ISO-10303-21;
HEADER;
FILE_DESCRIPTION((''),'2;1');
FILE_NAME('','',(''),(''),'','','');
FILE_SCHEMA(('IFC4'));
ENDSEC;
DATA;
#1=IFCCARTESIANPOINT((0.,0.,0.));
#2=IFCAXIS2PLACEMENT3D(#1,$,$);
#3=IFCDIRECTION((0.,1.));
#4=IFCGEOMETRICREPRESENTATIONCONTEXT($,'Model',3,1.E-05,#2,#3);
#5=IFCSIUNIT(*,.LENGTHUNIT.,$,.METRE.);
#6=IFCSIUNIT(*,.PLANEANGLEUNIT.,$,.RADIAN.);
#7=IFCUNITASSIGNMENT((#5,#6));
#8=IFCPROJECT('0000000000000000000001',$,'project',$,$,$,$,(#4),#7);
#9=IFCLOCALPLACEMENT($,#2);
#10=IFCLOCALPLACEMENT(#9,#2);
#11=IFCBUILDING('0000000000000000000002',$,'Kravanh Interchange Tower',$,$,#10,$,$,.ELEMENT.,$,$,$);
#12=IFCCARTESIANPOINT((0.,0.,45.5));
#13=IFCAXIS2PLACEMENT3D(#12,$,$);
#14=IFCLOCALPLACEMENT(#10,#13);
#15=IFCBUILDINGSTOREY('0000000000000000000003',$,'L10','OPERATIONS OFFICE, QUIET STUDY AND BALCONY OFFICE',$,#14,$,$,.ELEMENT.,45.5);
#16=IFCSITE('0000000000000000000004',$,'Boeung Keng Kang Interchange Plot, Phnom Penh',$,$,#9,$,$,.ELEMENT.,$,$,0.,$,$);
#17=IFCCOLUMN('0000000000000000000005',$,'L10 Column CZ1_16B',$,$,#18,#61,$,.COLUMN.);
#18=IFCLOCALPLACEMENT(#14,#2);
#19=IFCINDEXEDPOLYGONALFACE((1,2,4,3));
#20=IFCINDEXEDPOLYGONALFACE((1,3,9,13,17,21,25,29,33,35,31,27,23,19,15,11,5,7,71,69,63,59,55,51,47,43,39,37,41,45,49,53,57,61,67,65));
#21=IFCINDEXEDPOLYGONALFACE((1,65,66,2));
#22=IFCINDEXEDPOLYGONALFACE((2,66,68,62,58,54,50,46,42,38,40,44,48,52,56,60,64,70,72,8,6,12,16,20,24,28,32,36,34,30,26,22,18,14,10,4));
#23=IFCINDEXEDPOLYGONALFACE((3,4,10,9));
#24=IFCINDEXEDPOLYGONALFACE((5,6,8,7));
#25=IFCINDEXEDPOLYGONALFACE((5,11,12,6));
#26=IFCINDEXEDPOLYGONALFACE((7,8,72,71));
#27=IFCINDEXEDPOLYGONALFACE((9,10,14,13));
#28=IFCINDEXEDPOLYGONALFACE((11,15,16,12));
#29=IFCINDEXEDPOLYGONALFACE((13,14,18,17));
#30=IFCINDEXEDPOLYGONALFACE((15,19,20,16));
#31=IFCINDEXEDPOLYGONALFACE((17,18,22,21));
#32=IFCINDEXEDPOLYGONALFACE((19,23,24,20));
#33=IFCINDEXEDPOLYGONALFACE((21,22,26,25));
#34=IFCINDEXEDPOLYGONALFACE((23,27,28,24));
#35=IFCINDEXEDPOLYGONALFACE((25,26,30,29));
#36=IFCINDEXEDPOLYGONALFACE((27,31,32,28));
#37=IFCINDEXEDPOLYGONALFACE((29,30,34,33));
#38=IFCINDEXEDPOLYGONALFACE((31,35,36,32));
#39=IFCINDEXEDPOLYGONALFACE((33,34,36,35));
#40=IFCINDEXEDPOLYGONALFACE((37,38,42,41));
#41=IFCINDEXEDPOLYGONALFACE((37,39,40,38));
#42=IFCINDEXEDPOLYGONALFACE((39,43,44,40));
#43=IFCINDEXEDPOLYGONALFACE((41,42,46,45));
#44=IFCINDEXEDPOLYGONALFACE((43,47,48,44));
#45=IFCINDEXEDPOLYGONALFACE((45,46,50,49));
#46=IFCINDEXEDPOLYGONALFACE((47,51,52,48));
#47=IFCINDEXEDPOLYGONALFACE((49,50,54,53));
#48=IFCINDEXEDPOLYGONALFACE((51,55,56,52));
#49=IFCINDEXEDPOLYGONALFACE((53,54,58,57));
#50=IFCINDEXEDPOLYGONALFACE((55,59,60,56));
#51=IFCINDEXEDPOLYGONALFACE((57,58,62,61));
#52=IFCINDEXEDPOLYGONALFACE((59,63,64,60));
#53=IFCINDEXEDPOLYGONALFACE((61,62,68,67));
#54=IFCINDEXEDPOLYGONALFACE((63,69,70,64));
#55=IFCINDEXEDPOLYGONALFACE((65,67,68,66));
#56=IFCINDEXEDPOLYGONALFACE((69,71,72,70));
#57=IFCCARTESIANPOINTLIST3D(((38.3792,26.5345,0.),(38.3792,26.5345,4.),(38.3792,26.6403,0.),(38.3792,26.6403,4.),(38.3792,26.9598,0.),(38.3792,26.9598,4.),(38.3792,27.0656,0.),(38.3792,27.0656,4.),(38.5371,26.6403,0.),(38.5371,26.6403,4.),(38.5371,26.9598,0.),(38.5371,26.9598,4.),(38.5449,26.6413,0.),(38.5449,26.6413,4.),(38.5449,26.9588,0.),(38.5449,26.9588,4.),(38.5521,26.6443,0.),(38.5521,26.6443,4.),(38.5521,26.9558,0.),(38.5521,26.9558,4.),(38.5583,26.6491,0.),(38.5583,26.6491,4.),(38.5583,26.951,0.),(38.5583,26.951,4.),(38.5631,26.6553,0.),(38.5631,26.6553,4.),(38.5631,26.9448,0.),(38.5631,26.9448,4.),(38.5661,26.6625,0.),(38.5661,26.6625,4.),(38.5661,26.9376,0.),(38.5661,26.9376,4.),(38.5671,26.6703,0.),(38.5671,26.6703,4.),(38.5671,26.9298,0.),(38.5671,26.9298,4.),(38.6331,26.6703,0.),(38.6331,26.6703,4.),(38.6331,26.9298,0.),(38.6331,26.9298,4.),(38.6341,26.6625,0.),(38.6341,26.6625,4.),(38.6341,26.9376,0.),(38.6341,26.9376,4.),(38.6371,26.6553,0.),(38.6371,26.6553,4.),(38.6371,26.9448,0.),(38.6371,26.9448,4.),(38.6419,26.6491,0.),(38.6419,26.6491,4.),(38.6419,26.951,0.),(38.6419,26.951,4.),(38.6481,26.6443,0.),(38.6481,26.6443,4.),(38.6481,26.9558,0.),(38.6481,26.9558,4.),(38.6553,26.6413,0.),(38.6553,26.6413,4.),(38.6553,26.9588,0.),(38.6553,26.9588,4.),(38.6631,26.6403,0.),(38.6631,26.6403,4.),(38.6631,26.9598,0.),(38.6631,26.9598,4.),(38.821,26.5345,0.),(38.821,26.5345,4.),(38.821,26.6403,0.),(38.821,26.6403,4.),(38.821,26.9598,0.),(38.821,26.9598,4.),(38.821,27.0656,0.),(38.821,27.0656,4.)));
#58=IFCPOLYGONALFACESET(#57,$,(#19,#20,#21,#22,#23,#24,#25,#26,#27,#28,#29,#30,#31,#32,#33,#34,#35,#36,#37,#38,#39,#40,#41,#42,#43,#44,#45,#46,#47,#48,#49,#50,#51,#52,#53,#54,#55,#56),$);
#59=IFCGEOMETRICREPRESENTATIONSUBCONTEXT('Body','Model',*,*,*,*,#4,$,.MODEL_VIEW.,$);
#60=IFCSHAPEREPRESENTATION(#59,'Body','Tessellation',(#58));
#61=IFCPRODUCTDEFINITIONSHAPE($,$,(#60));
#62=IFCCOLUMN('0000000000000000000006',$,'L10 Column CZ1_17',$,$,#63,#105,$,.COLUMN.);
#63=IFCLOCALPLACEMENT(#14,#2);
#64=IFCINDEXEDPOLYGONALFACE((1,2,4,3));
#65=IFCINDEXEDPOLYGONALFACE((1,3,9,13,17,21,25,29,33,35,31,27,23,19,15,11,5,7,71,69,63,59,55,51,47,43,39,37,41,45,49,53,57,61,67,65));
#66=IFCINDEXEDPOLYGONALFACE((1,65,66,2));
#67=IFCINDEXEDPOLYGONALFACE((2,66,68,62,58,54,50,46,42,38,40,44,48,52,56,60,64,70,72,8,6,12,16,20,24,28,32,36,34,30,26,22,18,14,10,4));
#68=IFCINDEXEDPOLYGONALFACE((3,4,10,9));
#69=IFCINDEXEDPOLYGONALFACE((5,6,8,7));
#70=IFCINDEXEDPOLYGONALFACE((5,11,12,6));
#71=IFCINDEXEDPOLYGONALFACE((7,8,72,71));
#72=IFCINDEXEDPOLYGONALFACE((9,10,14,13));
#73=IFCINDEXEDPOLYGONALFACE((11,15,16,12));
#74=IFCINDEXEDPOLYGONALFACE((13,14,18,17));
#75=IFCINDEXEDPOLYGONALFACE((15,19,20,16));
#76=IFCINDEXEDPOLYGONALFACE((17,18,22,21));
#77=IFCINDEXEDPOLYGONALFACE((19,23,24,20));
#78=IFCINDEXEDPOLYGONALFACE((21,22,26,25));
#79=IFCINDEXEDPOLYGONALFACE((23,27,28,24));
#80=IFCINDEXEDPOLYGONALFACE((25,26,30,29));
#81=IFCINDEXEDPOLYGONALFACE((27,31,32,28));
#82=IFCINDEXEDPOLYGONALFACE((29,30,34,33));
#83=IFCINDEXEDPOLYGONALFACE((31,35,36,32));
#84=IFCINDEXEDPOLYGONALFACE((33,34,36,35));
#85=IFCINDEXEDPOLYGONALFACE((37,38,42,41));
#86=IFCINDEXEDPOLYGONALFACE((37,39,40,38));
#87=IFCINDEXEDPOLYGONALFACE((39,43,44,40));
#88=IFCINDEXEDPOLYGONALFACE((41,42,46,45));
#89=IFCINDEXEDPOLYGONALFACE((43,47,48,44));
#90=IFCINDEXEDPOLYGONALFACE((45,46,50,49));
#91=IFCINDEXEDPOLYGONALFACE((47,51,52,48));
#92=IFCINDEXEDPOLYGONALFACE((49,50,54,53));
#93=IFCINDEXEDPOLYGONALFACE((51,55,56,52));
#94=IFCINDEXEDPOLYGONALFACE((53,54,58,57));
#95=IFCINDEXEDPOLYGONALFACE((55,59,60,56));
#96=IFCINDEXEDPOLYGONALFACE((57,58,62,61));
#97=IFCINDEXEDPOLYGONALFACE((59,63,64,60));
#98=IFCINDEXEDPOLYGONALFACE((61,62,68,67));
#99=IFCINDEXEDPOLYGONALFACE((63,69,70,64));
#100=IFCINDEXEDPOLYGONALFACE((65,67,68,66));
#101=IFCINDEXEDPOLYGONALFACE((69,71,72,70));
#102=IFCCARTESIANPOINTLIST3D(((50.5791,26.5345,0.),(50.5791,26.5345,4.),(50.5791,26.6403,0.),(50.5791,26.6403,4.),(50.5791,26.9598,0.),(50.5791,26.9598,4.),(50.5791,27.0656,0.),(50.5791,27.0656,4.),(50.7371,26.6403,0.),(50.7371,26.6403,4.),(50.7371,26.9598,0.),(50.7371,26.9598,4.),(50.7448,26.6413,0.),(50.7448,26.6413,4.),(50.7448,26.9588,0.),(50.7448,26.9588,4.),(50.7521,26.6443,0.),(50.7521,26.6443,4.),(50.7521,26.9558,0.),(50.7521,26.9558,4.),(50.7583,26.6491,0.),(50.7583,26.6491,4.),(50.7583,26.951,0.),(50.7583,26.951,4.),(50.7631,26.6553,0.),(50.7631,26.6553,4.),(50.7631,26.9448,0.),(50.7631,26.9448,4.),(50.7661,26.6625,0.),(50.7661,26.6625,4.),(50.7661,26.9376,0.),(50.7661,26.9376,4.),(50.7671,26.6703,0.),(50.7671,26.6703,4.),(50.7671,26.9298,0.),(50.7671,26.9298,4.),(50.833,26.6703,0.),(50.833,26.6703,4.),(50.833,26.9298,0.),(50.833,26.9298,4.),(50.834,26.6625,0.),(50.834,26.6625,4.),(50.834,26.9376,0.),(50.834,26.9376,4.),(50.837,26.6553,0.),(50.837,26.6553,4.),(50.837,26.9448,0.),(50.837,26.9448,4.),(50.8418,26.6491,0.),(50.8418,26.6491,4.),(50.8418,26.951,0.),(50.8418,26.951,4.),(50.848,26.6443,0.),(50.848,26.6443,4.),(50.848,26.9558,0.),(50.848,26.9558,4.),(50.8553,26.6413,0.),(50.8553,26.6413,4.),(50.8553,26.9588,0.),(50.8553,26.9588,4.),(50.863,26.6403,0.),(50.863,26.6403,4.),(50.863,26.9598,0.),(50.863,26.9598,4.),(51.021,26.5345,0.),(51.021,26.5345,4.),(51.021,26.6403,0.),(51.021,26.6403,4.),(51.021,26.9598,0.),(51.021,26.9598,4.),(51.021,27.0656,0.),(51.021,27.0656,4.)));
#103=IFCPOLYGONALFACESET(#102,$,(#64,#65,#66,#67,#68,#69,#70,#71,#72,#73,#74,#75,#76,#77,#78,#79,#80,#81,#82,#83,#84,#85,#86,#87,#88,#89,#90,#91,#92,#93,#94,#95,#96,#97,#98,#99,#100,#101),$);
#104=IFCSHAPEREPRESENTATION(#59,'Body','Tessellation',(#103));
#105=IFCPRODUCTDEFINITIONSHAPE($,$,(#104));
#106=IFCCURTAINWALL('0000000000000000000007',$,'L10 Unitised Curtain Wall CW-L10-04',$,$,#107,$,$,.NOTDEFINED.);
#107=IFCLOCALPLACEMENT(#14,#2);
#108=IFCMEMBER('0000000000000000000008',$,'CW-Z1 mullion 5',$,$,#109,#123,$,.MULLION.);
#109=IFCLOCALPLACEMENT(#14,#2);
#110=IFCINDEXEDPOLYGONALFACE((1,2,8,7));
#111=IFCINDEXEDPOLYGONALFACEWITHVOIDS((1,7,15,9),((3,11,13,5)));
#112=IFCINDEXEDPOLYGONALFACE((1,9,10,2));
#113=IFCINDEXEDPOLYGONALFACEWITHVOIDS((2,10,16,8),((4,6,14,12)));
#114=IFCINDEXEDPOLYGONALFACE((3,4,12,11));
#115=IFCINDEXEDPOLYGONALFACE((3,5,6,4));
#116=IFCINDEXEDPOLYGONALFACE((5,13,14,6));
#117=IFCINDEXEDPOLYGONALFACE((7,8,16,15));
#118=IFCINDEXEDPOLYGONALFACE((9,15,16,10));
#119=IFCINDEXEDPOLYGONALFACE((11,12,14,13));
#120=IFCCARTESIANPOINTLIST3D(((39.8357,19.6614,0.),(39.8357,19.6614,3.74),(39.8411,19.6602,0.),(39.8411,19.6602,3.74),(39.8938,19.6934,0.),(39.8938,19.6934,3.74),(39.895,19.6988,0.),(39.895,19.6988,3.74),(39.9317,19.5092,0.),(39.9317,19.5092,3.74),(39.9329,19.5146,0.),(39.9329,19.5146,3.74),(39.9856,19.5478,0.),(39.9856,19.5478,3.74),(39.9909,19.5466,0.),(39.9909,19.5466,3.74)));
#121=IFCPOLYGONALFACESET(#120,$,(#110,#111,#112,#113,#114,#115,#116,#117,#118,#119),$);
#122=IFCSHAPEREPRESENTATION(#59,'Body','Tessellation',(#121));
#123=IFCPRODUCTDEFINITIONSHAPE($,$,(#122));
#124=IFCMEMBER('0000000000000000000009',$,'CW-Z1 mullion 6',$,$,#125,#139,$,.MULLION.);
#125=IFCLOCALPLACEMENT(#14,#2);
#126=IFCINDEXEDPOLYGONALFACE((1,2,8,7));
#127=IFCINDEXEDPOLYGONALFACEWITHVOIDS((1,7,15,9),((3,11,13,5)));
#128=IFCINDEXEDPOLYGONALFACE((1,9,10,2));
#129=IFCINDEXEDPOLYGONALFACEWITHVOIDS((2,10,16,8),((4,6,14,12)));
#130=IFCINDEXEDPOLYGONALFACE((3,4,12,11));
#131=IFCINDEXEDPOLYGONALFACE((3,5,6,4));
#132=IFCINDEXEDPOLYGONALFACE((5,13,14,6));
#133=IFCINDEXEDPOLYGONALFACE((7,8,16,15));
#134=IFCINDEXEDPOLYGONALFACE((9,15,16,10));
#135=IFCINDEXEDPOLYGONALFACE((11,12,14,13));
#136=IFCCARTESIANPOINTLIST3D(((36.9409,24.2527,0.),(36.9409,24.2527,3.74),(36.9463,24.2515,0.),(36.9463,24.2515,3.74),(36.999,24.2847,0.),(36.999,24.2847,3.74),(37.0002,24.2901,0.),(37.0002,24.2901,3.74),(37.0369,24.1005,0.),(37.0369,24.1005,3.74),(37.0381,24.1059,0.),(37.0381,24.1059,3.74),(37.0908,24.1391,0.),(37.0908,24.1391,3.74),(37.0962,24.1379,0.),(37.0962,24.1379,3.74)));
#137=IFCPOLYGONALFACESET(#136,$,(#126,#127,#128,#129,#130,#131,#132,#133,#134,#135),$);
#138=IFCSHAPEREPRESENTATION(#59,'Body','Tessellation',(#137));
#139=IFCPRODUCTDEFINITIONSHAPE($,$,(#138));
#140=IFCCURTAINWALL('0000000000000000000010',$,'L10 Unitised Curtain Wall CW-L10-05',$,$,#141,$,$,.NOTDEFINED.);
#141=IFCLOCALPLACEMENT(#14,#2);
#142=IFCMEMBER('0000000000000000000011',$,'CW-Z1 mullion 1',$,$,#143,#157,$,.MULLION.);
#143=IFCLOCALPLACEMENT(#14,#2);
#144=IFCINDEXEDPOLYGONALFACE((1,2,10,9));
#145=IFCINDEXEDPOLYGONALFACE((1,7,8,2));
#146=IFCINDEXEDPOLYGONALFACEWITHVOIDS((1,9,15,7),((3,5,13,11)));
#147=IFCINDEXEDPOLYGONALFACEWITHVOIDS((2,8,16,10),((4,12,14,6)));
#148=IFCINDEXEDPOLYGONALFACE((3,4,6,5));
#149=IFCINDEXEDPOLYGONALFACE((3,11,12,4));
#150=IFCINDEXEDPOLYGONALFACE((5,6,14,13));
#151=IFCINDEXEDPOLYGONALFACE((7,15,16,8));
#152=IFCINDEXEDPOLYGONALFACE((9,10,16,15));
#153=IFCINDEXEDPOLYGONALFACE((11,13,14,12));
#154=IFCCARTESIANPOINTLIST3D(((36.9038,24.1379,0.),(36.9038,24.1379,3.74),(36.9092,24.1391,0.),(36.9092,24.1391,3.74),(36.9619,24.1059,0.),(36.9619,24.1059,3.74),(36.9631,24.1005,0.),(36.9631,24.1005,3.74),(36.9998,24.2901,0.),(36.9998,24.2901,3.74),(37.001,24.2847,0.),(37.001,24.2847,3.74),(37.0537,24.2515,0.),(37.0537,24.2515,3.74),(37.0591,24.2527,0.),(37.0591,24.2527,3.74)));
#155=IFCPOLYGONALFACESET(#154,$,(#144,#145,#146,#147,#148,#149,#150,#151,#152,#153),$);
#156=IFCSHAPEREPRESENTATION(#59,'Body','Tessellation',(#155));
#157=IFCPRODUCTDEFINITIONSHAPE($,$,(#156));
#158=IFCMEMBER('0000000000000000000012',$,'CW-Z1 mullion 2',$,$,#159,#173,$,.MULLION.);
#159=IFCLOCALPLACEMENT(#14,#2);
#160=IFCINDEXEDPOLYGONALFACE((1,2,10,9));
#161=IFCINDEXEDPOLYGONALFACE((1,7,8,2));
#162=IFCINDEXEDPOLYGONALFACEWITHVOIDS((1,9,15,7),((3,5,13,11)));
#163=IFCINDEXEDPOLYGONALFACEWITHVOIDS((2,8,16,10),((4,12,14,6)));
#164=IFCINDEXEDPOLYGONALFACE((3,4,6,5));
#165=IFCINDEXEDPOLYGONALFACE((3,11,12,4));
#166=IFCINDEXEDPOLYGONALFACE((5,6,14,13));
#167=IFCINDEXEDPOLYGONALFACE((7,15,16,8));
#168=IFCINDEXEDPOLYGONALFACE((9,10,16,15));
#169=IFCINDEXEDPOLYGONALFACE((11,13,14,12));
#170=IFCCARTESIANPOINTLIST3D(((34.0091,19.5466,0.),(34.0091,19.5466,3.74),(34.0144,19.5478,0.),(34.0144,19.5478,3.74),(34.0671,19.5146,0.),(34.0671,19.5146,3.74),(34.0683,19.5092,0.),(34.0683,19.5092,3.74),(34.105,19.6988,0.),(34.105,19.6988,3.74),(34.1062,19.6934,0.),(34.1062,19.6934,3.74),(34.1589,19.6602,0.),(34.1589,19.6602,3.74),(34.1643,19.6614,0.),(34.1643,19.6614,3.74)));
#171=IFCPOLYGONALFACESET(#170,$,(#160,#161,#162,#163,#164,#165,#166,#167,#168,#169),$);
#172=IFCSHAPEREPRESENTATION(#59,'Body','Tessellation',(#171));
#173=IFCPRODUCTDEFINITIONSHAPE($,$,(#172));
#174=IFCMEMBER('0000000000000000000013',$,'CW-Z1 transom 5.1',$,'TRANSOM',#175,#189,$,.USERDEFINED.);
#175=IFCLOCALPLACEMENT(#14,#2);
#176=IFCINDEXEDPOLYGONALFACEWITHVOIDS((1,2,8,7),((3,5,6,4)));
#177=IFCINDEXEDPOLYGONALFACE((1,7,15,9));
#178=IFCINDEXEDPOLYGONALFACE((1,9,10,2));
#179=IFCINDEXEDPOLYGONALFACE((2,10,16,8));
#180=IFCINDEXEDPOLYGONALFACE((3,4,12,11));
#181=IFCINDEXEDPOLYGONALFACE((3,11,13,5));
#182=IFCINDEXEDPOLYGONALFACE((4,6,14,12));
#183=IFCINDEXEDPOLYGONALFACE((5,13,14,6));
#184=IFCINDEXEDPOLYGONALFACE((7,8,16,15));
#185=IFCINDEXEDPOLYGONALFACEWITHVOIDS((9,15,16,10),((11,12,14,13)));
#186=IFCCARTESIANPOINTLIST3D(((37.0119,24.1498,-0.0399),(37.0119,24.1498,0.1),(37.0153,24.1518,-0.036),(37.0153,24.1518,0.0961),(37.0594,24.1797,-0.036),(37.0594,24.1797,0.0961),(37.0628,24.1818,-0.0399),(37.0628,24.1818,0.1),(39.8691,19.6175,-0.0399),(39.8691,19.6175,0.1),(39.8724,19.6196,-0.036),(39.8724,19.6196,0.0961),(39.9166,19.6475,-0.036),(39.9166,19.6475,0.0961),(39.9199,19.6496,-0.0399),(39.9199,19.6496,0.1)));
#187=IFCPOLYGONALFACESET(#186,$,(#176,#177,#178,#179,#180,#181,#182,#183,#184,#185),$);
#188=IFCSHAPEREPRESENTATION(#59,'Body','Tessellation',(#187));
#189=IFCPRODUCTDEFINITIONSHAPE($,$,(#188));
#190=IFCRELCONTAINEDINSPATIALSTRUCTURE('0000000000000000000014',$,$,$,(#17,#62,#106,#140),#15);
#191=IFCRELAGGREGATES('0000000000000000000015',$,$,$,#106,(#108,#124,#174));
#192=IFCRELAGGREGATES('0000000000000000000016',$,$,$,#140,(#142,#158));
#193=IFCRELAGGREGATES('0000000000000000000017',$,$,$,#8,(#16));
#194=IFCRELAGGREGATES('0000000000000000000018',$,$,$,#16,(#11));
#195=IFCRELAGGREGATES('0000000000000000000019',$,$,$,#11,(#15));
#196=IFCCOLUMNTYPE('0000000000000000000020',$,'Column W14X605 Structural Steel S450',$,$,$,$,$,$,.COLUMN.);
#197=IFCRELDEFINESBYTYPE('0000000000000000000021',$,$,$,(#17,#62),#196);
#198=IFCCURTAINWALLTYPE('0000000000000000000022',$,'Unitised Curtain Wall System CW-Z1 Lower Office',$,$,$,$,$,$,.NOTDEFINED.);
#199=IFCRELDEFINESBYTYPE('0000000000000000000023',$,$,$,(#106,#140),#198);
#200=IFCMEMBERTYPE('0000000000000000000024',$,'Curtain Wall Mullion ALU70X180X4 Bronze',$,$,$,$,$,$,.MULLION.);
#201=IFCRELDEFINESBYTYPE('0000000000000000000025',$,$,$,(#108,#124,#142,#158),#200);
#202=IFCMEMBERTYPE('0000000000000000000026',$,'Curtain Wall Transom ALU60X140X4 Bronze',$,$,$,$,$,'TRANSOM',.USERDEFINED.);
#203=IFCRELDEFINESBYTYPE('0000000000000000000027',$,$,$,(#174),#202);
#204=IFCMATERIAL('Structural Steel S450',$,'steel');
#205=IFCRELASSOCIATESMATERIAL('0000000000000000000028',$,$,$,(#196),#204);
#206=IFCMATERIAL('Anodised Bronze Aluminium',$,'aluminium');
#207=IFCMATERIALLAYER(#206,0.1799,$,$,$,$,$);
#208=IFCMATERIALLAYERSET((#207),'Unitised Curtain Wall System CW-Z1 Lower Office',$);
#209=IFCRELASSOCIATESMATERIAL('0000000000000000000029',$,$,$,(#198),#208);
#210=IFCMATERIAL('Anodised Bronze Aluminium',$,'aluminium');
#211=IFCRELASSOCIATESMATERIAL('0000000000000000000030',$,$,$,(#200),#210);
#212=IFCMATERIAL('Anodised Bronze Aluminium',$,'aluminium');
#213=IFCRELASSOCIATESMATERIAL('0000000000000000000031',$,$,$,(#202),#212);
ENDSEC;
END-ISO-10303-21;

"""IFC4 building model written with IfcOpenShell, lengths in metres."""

from ifc_helpers import new_model, si_unit, direction, frame, origin, origin_2d, place, context, subcontext, project, spatial, hollow_rectangle, i_section, extrude, material, layer, layer_set, material_profile, profile_set, type_object, element, aggregate, save


model = new_model("IFC4")

# Units and contexts
model_context = context("Model", 3, precision=1e-05, world=origin(), true_north=direction((0.0, 1.0)))
body_context = subcontext(model_context, "Body", "Model", "MODEL_VIEW")
ifc_project = project(units=[si_unit("LENGTHUNIT", "METRE"), si_unit("PLANEANGLEUNIT", "RADIAN")], contexts=[model_context])

# Site, building, storey
site_placement = place(None, origin())
site = spatial("IfcSite", under=ifc_project, at=site_placement, Name="Boeung Keng Kang Interchange Plot, Phnom Penh", CompositionType="ELEMENT", RefElevation=0.0)
building_placement = place(site_placement, origin())
building = spatial("IfcBuilding", under=site, at=building_placement, Name="Kravanh Interchange Tower", CompositionType="ELEMENT")
storey_placement = place(building_placement, frame((0.0, 0.0, 45.5)))
storey = spatial("IfcBuildingStorey", under=building, at=storey_placement, Name="L10", Description="OPERATIONS OFFICE, QUIET STUDY AND BALCONY OFFICE", CompositionType="ELEMENT", Elevation=45.5)

# Columns
ifc_material_1 = material(Name="Structural Steel S450", Category="steel")
ifc_material_profile_1 = material_profile(ifc_material_1, i_section(OverallWidth=0.4419, OverallDepth=0.531, WebThickness=0.0659, FlangeThickness=0.1057, FilletRadius=0.03, at=origin_2d()), Name="W14X605")
ifc_profile_set_1 = profile_set([ifc_material_profile_1], Name="Structural Steel S450")
column_type = type_object("IfcColumnType", Name="Column W14X605 Structural Steel S450", PredefinedType="COLUMN", material=ifc_profile_set_1)
for number, where, z_axis, x_axis, name in (
    (1, (38.6001, 26.8, 0.0), (0.0, 0.0, 1.0), (1.0, 0.0, 0.0), "L10 Column CZ1_16B"),
    (2, (50.8, 26.8, 0.0), (0.0, 0.0, 1.0), (1.0, 0.0, 0.0), "L10 Column CZ1_17"),
):
    element("IfcColumn", number, at=place(storey_placement, frame(where, z_axis=z_axis, x_axis=x_axis)), inside=storey, type_object=column_type, Name=name, PredefinedType="COLUMN", context=body_context, shape_type="SweptSolid", body=[
        extrude(i_section(OverallWidth=0.4419, OverallDepth=0.531, WebThickness=0.0659, FlangeThickness=0.1057, FilletRadius=0.03, at=origin_2d()), origin(), (0.0, 0.0, 1.0), 4.0),
    ])

# Curtain walls, members
ifc_material_2 = material(Name="Anodised Bronze Aluminium", Category="aluminium")
ifc_layer_1 = layer(ifc_material_2, 0.1799)
ifc_layer_set_1 = layer_set([ifc_layer_1], Name="Unitised Curtain Wall System CW-Z1 Lower Office")
curtain_wall_type = type_object("IfcCurtainWallType", Name="Unitised Curtain Wall System CW-Z1 Lower Office", PredefinedType="NOTDEFINED", material=ifc_layer_set_1)
curtain_wall_1_placement = place(storey_placement, origin())
curtain_wall_1 = element("IfcCurtainWall", 3, at=curtain_wall_1_placement, inside=storey, type_object=curtain_wall_type, Name="L10 Unitised Curtain Wall CW-L10-04", PredefinedType="NOTDEFINED")
ifc_material_3 = material(Name="Anodised Bronze Aluminium", Category="aluminium")
ifc_material_profile_2 = material_profile(ifc_material_3, hollow_rectangle(XDim=0.0701, YDim=0.1799, WallThickness=0.0039, at=origin_2d()), Name="ALU70X180X4")
ifc_profile_set_2 = profile_set([ifc_material_profile_2], Name="Anodised Bronze Aluminium")
member_type_1 = type_object("IfcMemberType", Name="Curtain Wall Mullion ALU70X180X4 Bronze", PredefinedType="MULLION", material=ifc_profile_set_2)
member_1_placement = place(storey_placement, frame((39.9133, 19.604, 0.0), z_axis=(0.0, 0.0, 1.0), x_axis=(-0.845926, -0.533301, 0.0)))
member_1 = element("IfcMember", 4, at=member_1_placement, type_object=member_type_1, Name="CW-Z1 mullion 5", PredefinedType="MULLION", context=body_context, shape_type="SweptSolid", body=[
    extrude(hollow_rectangle(XDim=0.0701, YDim=0.1799, WallThickness=0.0039, at=origin_2d()), origin(), (0.0, 0.0, 1.0), 3.74),
])
member_2_placement = place(storey_placement, frame((37.0186, 24.1953, 0.0), z_axis=(0.0, 0.0, 1.0), x_axis=(-0.845926, -0.533301, 0.0)))
member_2 = element("IfcMember", 5, at=member_2_placement, type_object=member_type_1, Name="CW-Z1 mullion 6", PredefinedType="MULLION", context=body_context, shape_type="SweptSolid", body=[
    extrude(hollow_rectangle(XDim=0.0701, YDim=0.1799, WallThickness=0.0039, at=origin_2d()), origin(), (0.0, 0.0, 1.0), 3.74),
])
curtain_wall_2_placement = place(storey_placement, origin())
curtain_wall_2 = element("IfcCurtainWall", 6, at=curtain_wall_2_placement, inside=storey, type_object=curtain_wall_type, Name="L10 Unitised Curtain Wall CW-L10-05", PredefinedType="NOTDEFINED")
member_3_placement = place(storey_placement, frame((36.9814, 24.1953, 0.0), z_axis=(0.0, 0.0, 1.0), x_axis=(0.845926, -0.533301, 0.0)))
member_3 = element("IfcMember", 7, at=member_3_placement, type_object=member_type_1, Name="CW-Z1 mullion 1", PredefinedType="MULLION", context=body_context, shape_type="SweptSolid", body=[
    extrude(hollow_rectangle(XDim=0.0701, YDim=0.1799, WallThickness=0.0039, at=origin_2d()), origin(), (0.0, 0.0, 1.0), 3.74),
])
member_4_placement = place(storey_placement, frame((34.0867, 19.604, 0.0), z_axis=(0.0, 0.0, 1.0), x_axis=(0.845926, -0.533301, 0.0)))
member_4 = element("IfcMember", 8, at=member_4_placement, type_object=member_type_1, Name="CW-Z1 mullion 2", PredefinedType="MULLION", context=body_context, shape_type="SweptSolid", body=[
    extrude(hollow_rectangle(XDim=0.0701, YDim=0.1799, WallThickness=0.0039, at=origin_2d()), origin(), (0.0, 0.0, 1.0), 3.74),
])

# Member
ifc_material_4 = material(Name="Anodised Bronze Aluminium", Category="aluminium")
ifc_material_profile_3 = material_profile(ifc_material_4, hollow_rectangle(XDim=0.0601, YDim=0.1399, WallThickness=0.0039, at=origin_2d()), Name="ALU60X140X4")
ifc_profile_set_3 = profile_set([ifc_material_profile_3], Name="Anodised Bronze Aluminium")
member_type_2 = type_object("IfcMemberType", Name="Curtain Wall Transom ALU60X140X4 Bronze", ElementType="TRANSOM", PredefinedType="USERDEFINED", material=ifc_profile_set_3)
member_5_placement = place(storey_placement, frame((39.8945, 19.6335, 0.03), z_axis=(-0.533288, 0.845934, 0.0), x_axis=(-0.845934, -0.533288, 0.0)))
member_5 = element("IfcMember", 9, at=member_5_placement, type_object=member_type_2, Name="CW-Z1 transom 5.1", ObjectType="TRANSOM", PredefinedType="USERDEFINED", context=body_context, shape_type="SweptSolid", body=[
    extrude(hollow_rectangle(XDim=0.0601, YDim=0.1399, WallThickness=0.0039, at=origin_2d()), origin(), (0.0, 0.0, 1.0), 5.3577),
])

aggregate(curtain_wall_1, [member_1, member_2, member_5])
aggregate(curtain_wall_2, [member_3, member_4])

save(model, "model.ifc")
